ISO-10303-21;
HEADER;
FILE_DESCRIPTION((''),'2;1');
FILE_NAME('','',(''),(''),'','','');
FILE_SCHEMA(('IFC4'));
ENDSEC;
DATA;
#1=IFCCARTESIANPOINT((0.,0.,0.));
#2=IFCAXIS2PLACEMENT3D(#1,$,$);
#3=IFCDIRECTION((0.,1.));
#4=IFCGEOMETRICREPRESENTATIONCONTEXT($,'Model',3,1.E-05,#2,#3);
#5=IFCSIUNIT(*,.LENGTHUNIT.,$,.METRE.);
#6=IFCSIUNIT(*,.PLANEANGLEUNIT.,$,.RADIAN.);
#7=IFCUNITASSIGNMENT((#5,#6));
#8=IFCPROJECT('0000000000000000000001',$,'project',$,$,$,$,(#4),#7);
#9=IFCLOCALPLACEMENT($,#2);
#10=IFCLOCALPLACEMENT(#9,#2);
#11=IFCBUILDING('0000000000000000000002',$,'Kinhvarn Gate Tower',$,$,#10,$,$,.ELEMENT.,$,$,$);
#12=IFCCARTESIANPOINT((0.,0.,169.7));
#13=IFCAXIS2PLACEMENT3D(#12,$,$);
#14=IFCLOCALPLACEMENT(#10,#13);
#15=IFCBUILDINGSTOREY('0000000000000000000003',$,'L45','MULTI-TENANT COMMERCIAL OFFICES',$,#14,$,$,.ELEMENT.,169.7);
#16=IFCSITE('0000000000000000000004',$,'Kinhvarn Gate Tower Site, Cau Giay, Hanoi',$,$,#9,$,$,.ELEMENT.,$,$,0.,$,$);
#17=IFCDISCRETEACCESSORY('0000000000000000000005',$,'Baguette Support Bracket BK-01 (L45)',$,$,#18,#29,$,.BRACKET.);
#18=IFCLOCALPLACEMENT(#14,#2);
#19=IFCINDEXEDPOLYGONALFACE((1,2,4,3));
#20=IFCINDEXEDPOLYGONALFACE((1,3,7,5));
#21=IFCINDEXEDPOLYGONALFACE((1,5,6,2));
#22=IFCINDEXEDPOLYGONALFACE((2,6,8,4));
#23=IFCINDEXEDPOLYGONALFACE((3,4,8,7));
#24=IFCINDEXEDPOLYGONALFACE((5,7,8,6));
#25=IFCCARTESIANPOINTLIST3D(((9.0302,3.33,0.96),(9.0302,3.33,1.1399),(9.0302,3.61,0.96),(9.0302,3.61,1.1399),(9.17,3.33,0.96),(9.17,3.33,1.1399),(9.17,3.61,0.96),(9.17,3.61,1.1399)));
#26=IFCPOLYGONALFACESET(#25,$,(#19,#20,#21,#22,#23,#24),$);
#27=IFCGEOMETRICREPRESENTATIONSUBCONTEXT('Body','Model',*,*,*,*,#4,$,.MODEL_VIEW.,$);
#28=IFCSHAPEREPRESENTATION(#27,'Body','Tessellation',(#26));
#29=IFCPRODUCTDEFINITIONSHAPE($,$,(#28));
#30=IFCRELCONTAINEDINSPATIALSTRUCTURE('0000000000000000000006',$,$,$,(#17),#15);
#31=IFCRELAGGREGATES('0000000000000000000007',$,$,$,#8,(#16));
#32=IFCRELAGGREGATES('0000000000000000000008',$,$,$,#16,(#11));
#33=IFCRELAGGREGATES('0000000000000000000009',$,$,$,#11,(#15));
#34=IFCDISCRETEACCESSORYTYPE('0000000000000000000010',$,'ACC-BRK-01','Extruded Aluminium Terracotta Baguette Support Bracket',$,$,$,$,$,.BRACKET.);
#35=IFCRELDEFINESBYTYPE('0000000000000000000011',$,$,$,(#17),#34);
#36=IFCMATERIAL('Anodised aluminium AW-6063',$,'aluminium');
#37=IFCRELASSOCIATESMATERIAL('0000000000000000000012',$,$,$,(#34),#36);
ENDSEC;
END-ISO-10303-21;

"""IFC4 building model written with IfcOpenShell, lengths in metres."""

from ifc_helpers import new_model, si_unit, direction, frame, origin, origin_2d, place, context, subcontext, project, spatial, rectangle, extrude, material, type_object, element, save


model = new_model("IFC4")

# Units and contexts
model_context = context("Model", 3, precision=1e-05, world=origin(), true_north=direction((0.0, 1.0)))
body_context = subcontext(model_context, "Body", "Model", "MODEL_VIEW")
ifc_project = project(units=[si_unit("LENGTHUNIT", "METRE"), si_unit("PLANEANGLEUNIT", "RADIAN")], contexts=[model_context])

# Site, building, storey
site_placement = place(None, origin())
site = spatial("IfcSite", under=ifc_project, at=site_placement, Name="Kinhvarn Gate Tower Site, Cau Giay, Hanoi", CompositionType="ELEMENT", RefElevation=0.0)
building_placement = place(site_placement, origin())
building = spatial("IfcBuilding", under=site, at=building_placement, Name="Kinhvarn Gate Tower", CompositionType="ELEMENT")
storey_placement = place(building_placement, frame((0.0, 0.0, 169.7)))
storey = spatial("IfcBuildingStorey", under=building, at=storey_placement, Name="L45", Description="MULTI-TENANT COMMERCIAL OFFICES", CompositionType="ELEMENT", Elevation=169.7)

# Discrete accessory
ifc_material_1 = material(Name="Anodised aluminium AW-6063", Category="aluminium")
discrete_accessory_type = type_object("IfcDiscreteAccessoryType", Name="ACC-BRK-01", Description="Extruded Aluminium Terracotta Baguette Support Bracket", PredefinedType="BRACKET", material=ifc_material_1)
discrete_accessory_placement = place(storey_placement, frame((9.1001, 3.47, 0.96), z_axis=(0.0, 0.0, 1.0), x_axis=(1.0, 0.0, 0.0)))
element("IfcDiscreteAccessory", 1, at=discrete_accessory_placement, inside=storey, type_object=discrete_accessory_type, Name="Baguette Support Bracket BK-01 (L45)", PredefinedType="BRACKET", context=body_context, shape_type="SweptSolid", body=[
    extrude(rectangle(XDim=0.1399, YDim=0.28, at=origin_2d()), origin(), (0.0, 0.0, 1.0), 0.1799),
])

save(model, "model.ifc")
